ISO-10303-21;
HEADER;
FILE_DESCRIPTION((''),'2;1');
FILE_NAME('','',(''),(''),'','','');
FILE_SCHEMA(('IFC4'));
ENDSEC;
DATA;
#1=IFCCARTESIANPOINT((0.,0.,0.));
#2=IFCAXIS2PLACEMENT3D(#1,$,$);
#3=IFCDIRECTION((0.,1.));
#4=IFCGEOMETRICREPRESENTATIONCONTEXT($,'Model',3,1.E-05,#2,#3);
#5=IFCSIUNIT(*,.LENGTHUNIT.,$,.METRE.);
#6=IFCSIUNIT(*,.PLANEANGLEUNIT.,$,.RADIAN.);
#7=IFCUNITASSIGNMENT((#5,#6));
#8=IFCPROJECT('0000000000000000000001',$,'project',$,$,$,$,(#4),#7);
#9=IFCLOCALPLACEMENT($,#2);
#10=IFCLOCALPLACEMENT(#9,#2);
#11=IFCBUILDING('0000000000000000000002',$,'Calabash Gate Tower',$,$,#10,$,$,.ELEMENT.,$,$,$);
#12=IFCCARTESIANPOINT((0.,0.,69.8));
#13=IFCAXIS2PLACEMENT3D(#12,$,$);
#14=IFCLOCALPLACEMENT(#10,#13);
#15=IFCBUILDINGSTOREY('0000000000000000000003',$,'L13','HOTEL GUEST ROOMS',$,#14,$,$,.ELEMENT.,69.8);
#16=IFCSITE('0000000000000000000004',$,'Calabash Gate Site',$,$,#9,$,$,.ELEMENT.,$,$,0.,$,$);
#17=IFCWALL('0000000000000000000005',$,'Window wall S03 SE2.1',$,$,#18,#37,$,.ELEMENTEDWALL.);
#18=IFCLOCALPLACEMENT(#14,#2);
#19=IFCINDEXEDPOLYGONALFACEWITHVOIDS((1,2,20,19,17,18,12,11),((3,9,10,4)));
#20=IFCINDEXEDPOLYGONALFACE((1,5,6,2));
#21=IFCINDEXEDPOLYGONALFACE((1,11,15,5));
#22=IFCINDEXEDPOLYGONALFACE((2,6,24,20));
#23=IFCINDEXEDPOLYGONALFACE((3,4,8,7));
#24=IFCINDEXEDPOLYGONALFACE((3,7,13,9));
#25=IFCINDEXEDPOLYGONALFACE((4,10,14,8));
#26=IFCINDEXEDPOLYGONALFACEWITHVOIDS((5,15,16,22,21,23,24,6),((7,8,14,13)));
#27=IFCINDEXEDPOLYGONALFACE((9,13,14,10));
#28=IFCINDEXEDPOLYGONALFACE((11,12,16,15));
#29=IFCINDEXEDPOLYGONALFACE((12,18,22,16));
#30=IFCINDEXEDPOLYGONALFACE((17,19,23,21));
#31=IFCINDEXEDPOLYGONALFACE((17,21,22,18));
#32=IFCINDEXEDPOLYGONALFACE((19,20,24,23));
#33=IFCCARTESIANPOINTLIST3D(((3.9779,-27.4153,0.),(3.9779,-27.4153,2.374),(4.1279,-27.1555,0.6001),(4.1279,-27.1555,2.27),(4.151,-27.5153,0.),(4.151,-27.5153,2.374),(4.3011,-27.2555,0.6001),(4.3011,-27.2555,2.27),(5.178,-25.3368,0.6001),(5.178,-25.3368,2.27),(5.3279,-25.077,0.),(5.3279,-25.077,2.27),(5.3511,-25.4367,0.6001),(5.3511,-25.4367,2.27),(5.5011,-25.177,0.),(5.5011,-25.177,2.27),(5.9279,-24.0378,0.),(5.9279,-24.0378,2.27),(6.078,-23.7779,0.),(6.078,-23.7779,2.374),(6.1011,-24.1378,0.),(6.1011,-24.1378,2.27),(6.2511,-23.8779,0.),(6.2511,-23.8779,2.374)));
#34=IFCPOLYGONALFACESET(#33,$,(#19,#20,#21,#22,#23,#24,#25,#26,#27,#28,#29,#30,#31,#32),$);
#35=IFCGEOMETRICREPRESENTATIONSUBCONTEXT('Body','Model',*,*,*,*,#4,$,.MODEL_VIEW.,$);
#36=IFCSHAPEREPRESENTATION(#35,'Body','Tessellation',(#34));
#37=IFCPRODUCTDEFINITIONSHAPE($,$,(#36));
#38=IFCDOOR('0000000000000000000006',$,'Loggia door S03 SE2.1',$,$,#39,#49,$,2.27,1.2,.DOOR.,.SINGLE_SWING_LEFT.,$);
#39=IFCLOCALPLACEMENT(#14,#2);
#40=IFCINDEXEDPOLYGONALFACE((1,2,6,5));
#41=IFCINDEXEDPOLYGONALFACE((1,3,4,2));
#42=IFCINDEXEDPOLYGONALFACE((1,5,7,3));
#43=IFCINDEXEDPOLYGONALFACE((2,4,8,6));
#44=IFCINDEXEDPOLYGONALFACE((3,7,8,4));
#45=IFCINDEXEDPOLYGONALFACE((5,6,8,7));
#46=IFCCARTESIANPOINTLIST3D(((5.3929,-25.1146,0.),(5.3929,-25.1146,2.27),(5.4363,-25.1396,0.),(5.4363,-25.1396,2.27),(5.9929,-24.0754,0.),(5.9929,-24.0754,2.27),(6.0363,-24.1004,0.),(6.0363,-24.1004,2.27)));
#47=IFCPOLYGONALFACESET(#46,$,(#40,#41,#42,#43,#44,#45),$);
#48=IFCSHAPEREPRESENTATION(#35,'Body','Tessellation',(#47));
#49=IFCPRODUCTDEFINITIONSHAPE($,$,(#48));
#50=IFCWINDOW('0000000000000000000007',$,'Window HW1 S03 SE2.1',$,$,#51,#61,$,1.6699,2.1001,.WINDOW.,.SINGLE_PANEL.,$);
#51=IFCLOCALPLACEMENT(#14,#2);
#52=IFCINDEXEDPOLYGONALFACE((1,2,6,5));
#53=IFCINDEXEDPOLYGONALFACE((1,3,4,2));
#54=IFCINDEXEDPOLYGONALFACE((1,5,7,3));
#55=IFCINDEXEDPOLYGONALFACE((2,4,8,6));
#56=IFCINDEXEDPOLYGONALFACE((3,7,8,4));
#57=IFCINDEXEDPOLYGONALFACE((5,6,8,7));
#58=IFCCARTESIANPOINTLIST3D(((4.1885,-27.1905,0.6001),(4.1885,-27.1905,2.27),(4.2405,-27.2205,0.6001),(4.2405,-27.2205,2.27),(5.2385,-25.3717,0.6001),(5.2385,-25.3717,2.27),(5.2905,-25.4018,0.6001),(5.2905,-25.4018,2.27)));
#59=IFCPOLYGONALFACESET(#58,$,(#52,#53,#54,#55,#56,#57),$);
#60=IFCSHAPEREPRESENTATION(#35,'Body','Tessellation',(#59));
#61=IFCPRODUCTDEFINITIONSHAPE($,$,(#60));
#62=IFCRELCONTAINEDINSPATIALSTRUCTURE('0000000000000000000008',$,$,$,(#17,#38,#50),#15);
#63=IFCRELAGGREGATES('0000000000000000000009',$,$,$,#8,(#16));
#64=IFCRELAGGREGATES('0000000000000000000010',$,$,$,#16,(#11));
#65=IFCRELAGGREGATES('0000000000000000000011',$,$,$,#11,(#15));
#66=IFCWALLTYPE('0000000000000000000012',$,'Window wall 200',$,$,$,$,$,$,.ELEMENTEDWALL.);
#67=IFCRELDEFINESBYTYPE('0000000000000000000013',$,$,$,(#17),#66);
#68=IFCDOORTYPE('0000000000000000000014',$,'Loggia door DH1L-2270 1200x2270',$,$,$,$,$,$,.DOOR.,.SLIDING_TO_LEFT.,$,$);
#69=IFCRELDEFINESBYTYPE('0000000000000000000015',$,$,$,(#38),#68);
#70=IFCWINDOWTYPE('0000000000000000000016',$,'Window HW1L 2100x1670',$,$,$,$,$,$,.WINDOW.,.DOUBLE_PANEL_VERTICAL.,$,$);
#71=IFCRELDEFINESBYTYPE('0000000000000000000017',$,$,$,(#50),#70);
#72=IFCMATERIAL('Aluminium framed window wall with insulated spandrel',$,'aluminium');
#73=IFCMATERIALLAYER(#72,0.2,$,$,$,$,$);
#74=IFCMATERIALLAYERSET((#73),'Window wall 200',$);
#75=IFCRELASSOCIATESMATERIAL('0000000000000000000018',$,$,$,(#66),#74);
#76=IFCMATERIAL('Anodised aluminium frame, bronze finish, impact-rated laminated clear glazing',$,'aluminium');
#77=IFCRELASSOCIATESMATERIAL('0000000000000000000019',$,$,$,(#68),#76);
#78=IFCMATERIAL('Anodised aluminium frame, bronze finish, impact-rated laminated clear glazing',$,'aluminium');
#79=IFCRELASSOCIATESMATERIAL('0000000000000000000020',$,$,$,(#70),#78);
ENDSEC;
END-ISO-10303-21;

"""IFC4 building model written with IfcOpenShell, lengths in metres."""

from ifc_helpers import new_model, si_unit, direction, frame, frame_2d, origin, place, context, subcontext, project, spatial, rectangle, extrude, material, layer, layer_set, type_object, element, fill, save


model = new_model("IFC4")

# Units and contexts
model_context = context("Model", 3, precision=1e-05, world=origin(), true_north=direction((0.0, 1.0)))
body_context = subcontext(model_context, "Body", "Model", "MODEL_VIEW")
ifc_project = project(units=[si_unit("LENGTHUNIT", "METRE"), si_unit("PLANEANGLEUNIT", "RADIAN")], contexts=[model_context])

# Site, building, storey
site_placement = place(None, origin())
site = spatial("IfcSite", under=ifc_project, at=site_placement, Name="Calabash Gate Site", CompositionType="ELEMENT", RefElevation=0.0)
building_placement = place(site_placement, origin())
building = spatial("IfcBuilding", under=site, at=building_placement, Name="Calabash Gate Tower", CompositionType="ELEMENT")
storey_placement = place(building_placement, frame((0.0, 0.0, 69.8)))
storey = spatial("IfcBuildingStorey", under=building, at=storey_placement, Name="L13", Description="HOTEL GUEST ROOMS", CompositionType="ELEMENT", Elevation=69.8)

# Wall, openings, door, window
ifc_material_1 = material(Name="Aluminium framed window wall with insulated spandrel", Category="aluminium")
ifc_layer_1 = layer(ifc_material_1, 0.2)
ifc_layer_set_1 = layer_set([ifc_layer_1], Name="Window wall 200")
wall_type_1 = type_object("IfcWallType", Name="Window wall 200", PredefinedType="ELEMENTEDWALL", material=ifc_layer_set_1)
wall_1_placement = place(storey_placement, frame((4.0645, -27.4653, 0.0), z_axis=(0.0, 0.0, 1.0), x_axis=(0.500003, 0.866024, 0.0)))
wall_1 = element("IfcWall", 1, at=wall_1_placement, inside=storey, type_object=wall_type_1, Name="Window wall S03 SE2.1", PredefinedType="ELEMENTEDWALL", context=body_context, shape_type="SweptSolid", body=[
    extrude(rectangle(XDim=4.2002, YDim=0.2, at=frame_2d((2.1001, 0.0))), origin(), (0.0, 0.0, 1.0), 2.374),
])
opening_1_placement = place(wall_1_placement, frame((0.3, 0.0, 0.6001)))
opening_1 = element("IfcOpeningElement", 2, at=opening_1_placement, cuts=wall_1, PredefinedType="OPENING", context=body_context, shape_type="SweptSolid", body=[
    extrude(rectangle(XDim=2.1001, YDim=1.6699, at=frame_2d((1.05, 0.835))), frame((0.0, 0.1099, 0.0), z_axis=(0.0, -1.0, 0.0), x_axis=(1.0, 0.0, 0.0)), (0.0, 0.0, 1.0), 0.22),
])
opening_2_placement = place(wall_1_placement, frame((2.7, 0.0, 0.0)))
opening_2 = element("IfcOpeningElement", 3, at=opening_2_placement, cuts=wall_1, PredefinedType="OPENING", context=body_context, shape_type="SweptSolid", body=[
    extrude(rectangle(XDim=1.2, YDim=2.27, at=frame_2d((0.6001, 1.135))), frame((0.0, 0.1099, 0.0), z_axis=(0.0, -1.0, 0.0), x_axis=(1.0, 0.0, 0.0)), (0.0, 0.0, 1.0), 0.22),
])
ifc_material_2 = material(Name="Anodised aluminium frame, bronze finish, impact-rated laminated clear glazing", Category="aluminium")
door_type_1 = type_object("IfcDoorType", Name="Loggia door DH1L-2270 1200x2270", OperationType="SLIDING_TO_LEFT", PredefinedType="DOOR", material=ifc_material_2)
door_1_placement = place(opening_2_placement, origin())
door_1 = element("IfcDoor", 4, at=door_1_placement, inside=storey, type_object=door_type_1, Name="Loggia door S03 SE2.1", OperationType="SINGLE_SWING_LEFT", OverallHeight=2.27, OverallWidth=1.2, PredefinedType="DOOR", context=body_context, shape_type="SweptSolid", body=[
    extrude(rectangle(XDim=1.2, YDim=2.27, at=frame_2d((0.6001, 1.135))), frame((0.0, 0.0249, 0.0), z_axis=(0.0, -1.0, 0.0), x_axis=(1.0, 0.0, 0.0)), (0.0, 0.0, 1.0), 0.05),
])
fill(opening_2, door_1)
ifc_material_3 = material(Name="Anodised aluminium frame, bronze finish, impact-rated laminated clear glazing", Category="aluminium")
window_type_1 = type_object("IfcWindowType", Name="Window HW1L 2100x1670", PartitioningType="DOUBLE_PANEL_VERTICAL", PredefinedType="WINDOW", material=ifc_material_3)
window_1_placement = place(opening_1_placement, origin())
window_1 = element("IfcWindow", 5, at=window_1_placement, inside=storey, type_object=window_type_1, Name="Window HW1 S03 SE2.1", OverallHeight=1.6699, OverallWidth=2.1001, PartitioningType="SINGLE_PANEL", PredefinedType="WINDOW", context=body_context, shape_type="SweptSolid", body=[
    extrude(rectangle(XDim=2.1001, YDim=1.6699, at=frame_2d((1.05, 0.835))), frame((0.0, 0.03, 0.0), z_axis=(0.0, -1.0, 0.0), x_axis=(1.0, 0.0, 0.0)), (0.0, 0.0, 1.0), 0.0601),
])
fill(opening_1, window_1)

save(model, "model.ifc")
